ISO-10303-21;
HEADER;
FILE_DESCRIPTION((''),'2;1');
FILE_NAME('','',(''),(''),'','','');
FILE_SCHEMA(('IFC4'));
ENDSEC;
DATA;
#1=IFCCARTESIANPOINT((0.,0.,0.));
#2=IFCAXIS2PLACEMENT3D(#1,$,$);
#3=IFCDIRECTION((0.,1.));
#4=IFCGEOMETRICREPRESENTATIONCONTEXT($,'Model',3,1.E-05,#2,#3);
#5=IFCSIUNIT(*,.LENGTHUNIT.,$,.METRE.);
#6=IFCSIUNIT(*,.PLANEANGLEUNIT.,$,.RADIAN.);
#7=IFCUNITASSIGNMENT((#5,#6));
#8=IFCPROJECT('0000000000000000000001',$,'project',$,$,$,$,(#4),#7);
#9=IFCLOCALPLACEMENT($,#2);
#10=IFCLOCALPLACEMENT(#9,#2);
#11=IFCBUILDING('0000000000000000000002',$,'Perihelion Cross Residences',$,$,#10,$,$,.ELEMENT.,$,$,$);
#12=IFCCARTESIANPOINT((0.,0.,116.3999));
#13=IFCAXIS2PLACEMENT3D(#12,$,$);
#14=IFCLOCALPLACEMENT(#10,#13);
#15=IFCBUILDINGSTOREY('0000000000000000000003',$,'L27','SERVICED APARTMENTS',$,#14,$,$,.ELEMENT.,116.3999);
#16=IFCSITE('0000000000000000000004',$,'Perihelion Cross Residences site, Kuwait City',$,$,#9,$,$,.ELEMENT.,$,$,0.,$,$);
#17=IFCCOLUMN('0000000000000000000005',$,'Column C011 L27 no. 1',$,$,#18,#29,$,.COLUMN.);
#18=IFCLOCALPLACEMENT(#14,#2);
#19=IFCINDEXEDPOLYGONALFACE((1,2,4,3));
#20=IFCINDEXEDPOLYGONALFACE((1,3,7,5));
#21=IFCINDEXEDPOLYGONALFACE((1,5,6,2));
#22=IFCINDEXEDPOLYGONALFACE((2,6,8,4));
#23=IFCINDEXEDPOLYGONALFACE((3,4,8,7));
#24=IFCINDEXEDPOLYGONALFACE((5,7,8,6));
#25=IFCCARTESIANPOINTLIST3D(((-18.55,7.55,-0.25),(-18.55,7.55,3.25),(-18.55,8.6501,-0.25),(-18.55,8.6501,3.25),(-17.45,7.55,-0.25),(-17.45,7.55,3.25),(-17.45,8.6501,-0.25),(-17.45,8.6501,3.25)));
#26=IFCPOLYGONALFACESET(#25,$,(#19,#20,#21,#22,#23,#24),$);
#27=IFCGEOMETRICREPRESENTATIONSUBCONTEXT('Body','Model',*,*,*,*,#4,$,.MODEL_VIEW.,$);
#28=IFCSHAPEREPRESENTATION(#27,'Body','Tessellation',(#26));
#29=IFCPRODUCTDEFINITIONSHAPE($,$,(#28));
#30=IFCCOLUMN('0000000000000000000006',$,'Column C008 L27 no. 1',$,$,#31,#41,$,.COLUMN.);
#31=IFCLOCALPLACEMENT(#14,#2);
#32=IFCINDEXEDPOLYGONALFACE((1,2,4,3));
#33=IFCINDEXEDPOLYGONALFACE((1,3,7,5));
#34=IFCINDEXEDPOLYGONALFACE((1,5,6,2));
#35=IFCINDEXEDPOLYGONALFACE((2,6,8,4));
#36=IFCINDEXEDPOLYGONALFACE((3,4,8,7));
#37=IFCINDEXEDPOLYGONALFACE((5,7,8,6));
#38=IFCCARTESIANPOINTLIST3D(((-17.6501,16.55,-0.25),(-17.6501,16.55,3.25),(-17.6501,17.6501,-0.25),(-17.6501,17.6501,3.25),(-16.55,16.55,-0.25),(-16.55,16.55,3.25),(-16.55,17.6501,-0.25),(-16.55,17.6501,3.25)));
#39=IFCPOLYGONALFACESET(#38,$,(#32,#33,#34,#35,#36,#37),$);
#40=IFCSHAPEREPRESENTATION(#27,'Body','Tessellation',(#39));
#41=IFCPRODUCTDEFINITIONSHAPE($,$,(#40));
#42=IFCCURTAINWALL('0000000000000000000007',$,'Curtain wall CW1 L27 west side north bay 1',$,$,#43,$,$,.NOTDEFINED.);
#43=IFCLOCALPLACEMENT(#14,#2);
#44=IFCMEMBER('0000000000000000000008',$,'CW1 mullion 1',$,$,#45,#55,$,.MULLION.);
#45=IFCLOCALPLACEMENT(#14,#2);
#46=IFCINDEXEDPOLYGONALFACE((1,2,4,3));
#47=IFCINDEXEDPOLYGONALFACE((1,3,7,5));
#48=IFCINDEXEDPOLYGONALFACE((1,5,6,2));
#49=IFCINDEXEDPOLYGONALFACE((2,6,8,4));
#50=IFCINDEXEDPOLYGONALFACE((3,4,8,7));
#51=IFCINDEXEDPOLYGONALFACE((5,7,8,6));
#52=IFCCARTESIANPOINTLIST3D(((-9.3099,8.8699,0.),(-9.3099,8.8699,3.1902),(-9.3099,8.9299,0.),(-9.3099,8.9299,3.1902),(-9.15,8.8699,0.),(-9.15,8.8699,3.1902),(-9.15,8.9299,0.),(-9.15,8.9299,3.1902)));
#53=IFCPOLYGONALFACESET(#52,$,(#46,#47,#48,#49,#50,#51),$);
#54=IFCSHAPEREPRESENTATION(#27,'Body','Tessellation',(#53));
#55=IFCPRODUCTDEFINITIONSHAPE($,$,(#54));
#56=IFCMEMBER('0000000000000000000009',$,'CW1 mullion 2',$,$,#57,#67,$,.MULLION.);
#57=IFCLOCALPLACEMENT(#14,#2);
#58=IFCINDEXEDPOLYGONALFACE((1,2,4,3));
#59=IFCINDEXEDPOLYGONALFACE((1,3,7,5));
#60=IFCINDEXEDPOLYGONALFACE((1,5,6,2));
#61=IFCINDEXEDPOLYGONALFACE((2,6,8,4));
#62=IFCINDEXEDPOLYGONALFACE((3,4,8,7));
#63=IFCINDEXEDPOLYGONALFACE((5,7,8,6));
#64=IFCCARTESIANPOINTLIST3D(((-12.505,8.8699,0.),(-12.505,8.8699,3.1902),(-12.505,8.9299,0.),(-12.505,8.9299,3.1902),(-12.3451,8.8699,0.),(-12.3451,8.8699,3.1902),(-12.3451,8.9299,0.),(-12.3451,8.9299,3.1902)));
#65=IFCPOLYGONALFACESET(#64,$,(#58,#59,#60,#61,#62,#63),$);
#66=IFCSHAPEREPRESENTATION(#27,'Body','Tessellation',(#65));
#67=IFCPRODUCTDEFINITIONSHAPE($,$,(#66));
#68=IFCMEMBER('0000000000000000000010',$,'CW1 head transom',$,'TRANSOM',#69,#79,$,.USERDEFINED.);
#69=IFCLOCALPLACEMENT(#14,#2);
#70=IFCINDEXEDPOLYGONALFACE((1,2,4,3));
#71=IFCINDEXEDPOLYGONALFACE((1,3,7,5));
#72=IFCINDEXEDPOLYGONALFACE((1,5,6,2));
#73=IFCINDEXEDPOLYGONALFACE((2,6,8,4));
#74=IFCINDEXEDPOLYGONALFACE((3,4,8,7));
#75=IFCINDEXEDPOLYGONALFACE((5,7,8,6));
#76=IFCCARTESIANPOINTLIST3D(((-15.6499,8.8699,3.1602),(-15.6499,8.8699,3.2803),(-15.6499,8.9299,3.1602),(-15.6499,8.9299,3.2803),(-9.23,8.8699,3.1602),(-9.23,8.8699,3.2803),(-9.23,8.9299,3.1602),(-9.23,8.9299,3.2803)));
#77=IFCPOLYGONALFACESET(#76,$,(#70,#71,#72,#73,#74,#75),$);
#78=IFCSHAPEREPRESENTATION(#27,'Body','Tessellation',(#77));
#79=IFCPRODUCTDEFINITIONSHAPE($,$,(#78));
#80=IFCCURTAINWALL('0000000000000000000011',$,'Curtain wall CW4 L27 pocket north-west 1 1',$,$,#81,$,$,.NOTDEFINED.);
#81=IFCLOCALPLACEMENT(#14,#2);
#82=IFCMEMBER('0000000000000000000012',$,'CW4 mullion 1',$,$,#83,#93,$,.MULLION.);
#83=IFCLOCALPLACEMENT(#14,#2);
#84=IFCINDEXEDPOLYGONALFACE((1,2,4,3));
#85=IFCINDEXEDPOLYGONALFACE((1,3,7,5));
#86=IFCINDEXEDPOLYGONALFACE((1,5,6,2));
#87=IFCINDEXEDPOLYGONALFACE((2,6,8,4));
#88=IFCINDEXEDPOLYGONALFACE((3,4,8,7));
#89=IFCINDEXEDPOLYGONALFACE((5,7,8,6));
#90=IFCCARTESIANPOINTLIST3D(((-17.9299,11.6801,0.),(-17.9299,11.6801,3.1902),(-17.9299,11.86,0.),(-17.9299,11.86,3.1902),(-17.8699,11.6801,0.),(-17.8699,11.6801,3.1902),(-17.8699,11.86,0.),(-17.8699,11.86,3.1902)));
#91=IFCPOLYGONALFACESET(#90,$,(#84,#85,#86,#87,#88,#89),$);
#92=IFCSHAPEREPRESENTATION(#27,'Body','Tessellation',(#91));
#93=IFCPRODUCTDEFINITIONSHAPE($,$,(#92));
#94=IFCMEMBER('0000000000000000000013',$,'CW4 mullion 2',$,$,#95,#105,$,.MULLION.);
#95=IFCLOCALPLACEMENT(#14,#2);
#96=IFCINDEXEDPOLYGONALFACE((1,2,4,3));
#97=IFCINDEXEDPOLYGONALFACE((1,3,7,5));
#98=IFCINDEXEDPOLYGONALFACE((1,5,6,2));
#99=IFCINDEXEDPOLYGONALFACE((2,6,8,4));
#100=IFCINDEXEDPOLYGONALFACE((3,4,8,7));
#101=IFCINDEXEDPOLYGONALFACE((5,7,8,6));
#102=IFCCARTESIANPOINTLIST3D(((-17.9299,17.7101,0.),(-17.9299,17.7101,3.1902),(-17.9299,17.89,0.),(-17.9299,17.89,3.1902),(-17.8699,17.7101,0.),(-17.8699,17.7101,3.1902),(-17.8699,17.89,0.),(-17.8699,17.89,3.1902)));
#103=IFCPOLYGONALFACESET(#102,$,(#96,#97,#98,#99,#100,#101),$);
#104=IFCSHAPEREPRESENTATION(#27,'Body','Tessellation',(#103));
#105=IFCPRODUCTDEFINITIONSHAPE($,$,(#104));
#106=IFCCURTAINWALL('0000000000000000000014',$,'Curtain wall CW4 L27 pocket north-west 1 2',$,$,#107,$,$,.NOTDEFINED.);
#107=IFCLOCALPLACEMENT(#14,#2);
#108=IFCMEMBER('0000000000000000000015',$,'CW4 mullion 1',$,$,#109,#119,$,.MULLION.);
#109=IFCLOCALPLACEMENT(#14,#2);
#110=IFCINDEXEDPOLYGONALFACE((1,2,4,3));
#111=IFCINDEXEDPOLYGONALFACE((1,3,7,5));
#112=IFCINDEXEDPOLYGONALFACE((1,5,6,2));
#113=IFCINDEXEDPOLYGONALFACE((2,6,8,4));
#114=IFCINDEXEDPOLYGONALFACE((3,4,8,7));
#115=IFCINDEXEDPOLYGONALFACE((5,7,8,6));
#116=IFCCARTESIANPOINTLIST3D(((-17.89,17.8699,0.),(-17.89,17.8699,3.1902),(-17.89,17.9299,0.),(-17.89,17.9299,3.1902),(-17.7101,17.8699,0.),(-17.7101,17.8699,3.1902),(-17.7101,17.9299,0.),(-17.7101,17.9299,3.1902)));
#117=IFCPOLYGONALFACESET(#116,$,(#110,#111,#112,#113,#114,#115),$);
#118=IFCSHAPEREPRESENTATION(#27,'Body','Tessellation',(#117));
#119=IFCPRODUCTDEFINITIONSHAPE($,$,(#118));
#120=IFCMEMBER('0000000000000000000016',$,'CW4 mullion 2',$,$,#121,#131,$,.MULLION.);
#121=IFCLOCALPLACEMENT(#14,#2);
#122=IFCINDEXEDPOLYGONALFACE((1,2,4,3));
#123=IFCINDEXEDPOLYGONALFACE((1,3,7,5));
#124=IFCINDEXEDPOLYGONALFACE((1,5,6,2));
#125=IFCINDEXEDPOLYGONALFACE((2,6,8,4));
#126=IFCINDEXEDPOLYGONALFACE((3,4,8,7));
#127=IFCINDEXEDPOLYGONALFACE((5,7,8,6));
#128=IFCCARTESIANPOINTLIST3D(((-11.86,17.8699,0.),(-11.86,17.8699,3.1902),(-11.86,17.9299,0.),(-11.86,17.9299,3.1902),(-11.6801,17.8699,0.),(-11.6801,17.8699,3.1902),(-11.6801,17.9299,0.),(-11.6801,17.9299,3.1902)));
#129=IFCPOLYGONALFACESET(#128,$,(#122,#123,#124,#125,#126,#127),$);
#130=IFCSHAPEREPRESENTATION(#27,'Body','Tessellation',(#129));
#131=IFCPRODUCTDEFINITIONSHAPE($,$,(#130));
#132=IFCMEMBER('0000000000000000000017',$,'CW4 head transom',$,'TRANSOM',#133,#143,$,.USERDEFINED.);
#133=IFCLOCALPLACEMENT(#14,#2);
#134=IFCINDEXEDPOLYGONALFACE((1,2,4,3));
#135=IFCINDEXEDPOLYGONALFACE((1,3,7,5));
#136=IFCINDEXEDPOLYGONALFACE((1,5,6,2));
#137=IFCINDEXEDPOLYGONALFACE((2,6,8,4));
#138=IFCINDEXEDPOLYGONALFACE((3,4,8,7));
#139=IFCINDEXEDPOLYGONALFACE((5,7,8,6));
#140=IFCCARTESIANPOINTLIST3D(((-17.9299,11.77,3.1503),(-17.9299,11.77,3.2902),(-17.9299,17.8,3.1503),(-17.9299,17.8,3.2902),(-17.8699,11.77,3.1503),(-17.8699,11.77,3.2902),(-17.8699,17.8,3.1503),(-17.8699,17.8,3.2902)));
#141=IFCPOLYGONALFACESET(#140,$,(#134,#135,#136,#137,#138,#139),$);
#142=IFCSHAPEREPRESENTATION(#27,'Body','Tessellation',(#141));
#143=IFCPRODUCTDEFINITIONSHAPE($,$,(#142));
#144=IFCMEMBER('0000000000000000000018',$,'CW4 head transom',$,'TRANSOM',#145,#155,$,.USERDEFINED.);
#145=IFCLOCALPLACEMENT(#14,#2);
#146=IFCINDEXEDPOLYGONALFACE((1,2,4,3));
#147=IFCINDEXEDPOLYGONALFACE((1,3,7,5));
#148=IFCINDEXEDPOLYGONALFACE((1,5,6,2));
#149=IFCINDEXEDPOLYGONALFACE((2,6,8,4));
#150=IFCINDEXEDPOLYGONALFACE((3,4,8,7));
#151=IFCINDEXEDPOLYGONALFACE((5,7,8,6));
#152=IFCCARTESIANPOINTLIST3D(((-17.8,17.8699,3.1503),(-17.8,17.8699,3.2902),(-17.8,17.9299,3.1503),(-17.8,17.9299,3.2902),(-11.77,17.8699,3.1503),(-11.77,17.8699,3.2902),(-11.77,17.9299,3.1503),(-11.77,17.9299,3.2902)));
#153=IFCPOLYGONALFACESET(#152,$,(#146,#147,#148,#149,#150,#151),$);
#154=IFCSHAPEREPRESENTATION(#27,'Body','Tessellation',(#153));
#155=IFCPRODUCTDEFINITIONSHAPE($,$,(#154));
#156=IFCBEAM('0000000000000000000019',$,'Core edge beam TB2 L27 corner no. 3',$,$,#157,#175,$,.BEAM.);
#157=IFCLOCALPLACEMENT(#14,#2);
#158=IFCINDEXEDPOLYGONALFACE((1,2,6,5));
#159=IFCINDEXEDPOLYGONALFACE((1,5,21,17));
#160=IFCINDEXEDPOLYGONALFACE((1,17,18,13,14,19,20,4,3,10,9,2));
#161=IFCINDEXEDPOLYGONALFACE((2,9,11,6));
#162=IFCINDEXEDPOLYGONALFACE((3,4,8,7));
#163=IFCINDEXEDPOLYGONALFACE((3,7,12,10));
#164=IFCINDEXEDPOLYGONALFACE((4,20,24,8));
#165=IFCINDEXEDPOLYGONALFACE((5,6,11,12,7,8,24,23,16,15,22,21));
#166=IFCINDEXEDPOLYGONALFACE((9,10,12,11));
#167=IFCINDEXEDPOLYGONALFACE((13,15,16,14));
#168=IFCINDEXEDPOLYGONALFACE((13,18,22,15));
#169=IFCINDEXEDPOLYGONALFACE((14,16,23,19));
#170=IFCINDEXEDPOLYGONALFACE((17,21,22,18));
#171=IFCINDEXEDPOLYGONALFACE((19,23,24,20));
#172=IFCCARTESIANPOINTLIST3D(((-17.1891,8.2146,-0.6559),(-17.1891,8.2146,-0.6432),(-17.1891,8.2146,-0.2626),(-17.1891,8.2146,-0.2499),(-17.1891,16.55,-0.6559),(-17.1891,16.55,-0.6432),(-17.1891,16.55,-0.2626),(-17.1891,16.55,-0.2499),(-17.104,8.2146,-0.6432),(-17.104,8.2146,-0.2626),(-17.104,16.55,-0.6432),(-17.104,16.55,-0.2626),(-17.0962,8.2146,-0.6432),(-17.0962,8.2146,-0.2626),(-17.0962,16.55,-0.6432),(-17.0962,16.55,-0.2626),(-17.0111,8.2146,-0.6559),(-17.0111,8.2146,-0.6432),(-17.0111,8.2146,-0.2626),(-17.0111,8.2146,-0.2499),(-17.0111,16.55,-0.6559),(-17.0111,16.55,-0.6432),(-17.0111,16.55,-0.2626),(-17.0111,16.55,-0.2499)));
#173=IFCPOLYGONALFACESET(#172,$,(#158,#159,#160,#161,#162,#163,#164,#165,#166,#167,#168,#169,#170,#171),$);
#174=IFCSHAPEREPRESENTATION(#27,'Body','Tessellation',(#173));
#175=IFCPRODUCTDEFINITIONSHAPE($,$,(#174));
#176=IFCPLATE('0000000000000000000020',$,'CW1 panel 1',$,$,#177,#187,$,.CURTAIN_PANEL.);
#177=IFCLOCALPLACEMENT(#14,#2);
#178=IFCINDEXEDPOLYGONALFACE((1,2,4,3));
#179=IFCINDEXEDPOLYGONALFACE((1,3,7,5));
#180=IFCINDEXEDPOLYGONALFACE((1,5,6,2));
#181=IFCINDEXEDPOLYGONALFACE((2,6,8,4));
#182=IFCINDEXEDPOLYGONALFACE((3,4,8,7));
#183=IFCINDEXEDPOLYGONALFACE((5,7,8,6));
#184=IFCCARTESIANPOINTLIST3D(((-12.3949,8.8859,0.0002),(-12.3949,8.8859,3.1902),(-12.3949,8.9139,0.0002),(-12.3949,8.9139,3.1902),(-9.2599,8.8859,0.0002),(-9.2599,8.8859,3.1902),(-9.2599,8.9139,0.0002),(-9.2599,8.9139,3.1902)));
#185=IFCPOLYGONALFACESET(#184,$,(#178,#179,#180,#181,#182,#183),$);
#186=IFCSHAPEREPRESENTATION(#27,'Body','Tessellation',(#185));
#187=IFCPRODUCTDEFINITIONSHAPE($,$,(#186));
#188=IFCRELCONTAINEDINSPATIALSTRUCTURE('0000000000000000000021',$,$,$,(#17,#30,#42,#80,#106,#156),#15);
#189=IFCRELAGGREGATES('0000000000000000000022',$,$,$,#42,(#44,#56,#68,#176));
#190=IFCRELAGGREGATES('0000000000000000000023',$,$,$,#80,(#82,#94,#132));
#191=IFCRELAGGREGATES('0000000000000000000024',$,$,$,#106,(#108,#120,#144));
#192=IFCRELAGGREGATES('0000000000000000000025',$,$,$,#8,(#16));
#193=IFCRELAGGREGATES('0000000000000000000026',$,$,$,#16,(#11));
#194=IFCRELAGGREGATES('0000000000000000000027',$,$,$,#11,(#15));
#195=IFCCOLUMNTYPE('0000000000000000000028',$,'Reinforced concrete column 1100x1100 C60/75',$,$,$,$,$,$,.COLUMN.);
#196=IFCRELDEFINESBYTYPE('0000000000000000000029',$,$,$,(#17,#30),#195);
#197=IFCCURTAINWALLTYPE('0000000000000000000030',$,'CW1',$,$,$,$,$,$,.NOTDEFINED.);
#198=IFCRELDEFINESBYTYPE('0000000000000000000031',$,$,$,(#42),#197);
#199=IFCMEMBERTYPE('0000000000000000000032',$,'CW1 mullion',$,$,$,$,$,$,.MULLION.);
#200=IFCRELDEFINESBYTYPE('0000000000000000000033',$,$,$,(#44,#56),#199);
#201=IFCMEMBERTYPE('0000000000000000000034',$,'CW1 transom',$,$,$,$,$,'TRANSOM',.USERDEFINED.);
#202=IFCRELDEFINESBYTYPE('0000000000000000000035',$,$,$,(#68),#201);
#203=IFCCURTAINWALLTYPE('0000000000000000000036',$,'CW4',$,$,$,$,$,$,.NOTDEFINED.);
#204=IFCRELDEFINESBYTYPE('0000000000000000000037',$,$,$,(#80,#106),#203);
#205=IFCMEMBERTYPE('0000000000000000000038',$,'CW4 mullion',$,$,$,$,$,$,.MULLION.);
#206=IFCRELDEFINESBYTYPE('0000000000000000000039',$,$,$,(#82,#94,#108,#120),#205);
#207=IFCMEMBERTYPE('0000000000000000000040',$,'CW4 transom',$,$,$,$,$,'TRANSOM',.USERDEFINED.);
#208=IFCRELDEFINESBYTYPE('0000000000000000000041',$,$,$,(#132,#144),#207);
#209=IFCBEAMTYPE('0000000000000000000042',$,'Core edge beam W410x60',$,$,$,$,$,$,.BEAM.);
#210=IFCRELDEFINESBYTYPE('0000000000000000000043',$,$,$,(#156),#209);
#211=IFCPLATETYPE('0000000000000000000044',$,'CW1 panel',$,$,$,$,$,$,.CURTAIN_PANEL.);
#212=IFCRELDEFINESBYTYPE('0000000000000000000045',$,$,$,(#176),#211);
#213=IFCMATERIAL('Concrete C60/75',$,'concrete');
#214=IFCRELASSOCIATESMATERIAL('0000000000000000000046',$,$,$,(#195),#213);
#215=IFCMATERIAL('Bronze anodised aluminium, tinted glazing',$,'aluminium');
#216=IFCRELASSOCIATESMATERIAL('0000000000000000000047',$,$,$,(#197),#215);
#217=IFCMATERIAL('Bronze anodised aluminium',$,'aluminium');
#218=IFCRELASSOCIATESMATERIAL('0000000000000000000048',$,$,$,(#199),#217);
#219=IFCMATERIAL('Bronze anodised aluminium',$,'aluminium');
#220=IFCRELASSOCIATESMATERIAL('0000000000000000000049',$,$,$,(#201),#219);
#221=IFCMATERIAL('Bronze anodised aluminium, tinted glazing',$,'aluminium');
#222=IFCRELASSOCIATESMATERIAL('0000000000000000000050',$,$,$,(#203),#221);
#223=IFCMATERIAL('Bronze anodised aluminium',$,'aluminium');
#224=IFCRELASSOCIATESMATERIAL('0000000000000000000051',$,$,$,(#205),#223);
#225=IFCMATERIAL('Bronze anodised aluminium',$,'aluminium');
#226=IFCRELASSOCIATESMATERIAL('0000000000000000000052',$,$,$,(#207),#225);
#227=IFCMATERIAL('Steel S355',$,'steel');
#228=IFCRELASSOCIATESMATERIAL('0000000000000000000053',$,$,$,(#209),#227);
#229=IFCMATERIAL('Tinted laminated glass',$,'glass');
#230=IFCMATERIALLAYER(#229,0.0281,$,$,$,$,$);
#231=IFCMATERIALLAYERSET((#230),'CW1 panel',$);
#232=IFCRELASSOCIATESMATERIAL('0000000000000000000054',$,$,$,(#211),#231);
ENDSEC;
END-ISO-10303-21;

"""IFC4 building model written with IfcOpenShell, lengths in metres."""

from ifc_helpers import new_model, si_unit, direction, frame, origin, origin_2d, place, context, subcontext, project, spatial, rectangle, i_section, extrude, material, layer, layer_set, material_profile, profile_set, type_object, element, aggregate, save


model = new_model("IFC4")

# Units and contexts
model_context = context("Model", 3, precision=1e-05, world=origin(), true_north=direction((0.0, 1.0)))
body_context = subcontext(model_context, "Body", "Model", "MODEL_VIEW")
ifc_project = project(units=[si_unit("LENGTHUNIT", "METRE"), si_unit("PLANEANGLEUNIT", "RADIAN")], contexts=[model_context])

# Site, building, storey
site_placement = place(None, origin())
site = spatial("IfcSite", under=ifc_project, at=site_placement, Name="Perihelion Cross Residences site, Kuwait City", CompositionType="ELEMENT", RefElevation=0.0)
building_placement = place(site_placement, origin())
building = spatial("IfcBuilding", under=site, at=building_placement, Name="Perihelion Cross Residences", CompositionType="ELEMENT")
storey_placement = place(building_placement, frame((0.0, 0.0, 116.3999)))
storey = spatial("IfcBuildingStorey", under=building, at=storey_placement, Name="L27", Description="SERVICED APARTMENTS", CompositionType="ELEMENT", Elevation=116.3999)

# Columns
ifc_material_1 = material(Name="Concrete C60/75", Category="concrete")
ifc_material_profile_1 = material_profile(ifc_material_1, rectangle(XDim=1.1001, YDim=1.1001, at=origin_2d()), Name="RC 1100x1100")
ifc_profile_set_1 = profile_set([ifc_material_profile_1], Name="Concrete C60/75")
column_type = type_object("IfcColumnType", Name="Reinforced concrete column 1100x1100 C60/75", PredefinedType="COLUMN", material=ifc_profile_set_1)
for number, where, z_axis, x_axis, name in (
    (1, (-18.0, 8.1001, -0.25), (0.0, 0.0, 1.0), (1.0, 0.0, 0.0), "Column C011 L27 no. 1"),
    (2, (-17.1001, 17.1001, -0.25), (0.0, 0.0, 1.0), (1.0, 0.0, 0.0), "Column C008 L27 no. 1"),
):
    element("IfcColumn", number, at=place(storey_placement, frame(where, z_axis=z_axis, x_axis=x_axis)), inside=storey, type_object=column_type, Name=name, PredefinedType="COLUMN", context=body_context, shape_type="SweptSolid", body=[
        extrude(rectangle(XDim=1.1001, YDim=1.1001, at=origin_2d()), origin(), (0.0, 0.0, 1.0), 3.5),
    ])

# Curtain walls, members
ifc_material_2 = material(Name="Bronze anodised aluminium, tinted glazing", Category="aluminium")
curtain_wall_type_1 = type_object("IfcCurtainWallType", Name="CW1", PredefinedType="NOTDEFINED", material=ifc_material_2)
curtain_wall_1_placement = place(storey_placement, origin())
curtain_wall_1 = element("IfcCurtainWall", 3, at=curtain_wall_1_placement, inside=storey, type_object=curtain_wall_type_1, Name="Curtain wall CW1 L27 west side north bay 1", PredefinedType="NOTDEFINED")
ifc_material_3 = material(Name="Bronze anodised aluminium", Category="aluminium")
ifc_material_profile_2 = material_profile(ifc_material_3, rectangle(XDim=0.0601, YDim=0.1599, at=origin_2d()), Name="CW1 mullion")
ifc_profile_set_2 = profile_set([ifc_material_profile_2], Name="Bronze anodised aluminium")
member_type_1 = type_object("IfcMemberType", Name="CW1 mullion", PredefinedType="MULLION", material=ifc_profile_set_2)
member_1_placement = place(storey_placement, frame((-9.23, 8.8999, 0.0), z_axis=(0.0, 0.0, 1.0), x_axis=(0.0, -1.0, 0.0)))
member_1 = element("IfcMember", 4, at=member_1_placement, type_object=member_type_1, Name="CW1 mullion 1", PredefinedType="MULLION", context=body_context, shape_type="SweptSolid", body=[
    extrude(rectangle(XDim=0.0601, YDim=0.1599, at=origin_2d()), origin(), (0.0, 0.0, 1.0), 3.1902),
])
member_2_placement = place(storey_placement, frame((-12.425, 8.8999, 0.0), z_axis=(0.0, 0.0, 1.0), x_axis=(0.0, -1.0, 0.0)))
member_2 = element("IfcMember", 5, at=member_2_placement, type_object=member_type_1, Name="CW1 mullion 2", PredefinedType="MULLION", context=body_context, shape_type="SweptSolid", body=[
    extrude(rectangle(XDim=0.0601, YDim=0.1599, at=origin_2d()), origin(), (0.0, 0.0, 1.0), 3.1902),
])
ifc_material_4 = material(Name="Bronze anodised aluminium", Category="aluminium")
ifc_material_profile_3 = material_profile(ifc_material_4, rectangle(XDim=0.0601, YDim=0.1201, at=origin_2d()), Name="CW1 transom")
ifc_profile_set_3 = profile_set([ifc_material_profile_3], Name="Bronze anodised aluminium")
member_type_2 = type_object("IfcMemberType", Name="CW1 transom", ElementType="TRANSOM", PredefinedType="USERDEFINED", material=ifc_profile_set_3)
member_3_placement = place(storey_placement, frame((-9.23, 8.8999, 3.2202), z_axis=(-1.0, 0.0, 0.0), x_axis=(0.0, -1.0, 0.0)))
member_3 = element("IfcMember", 6, at=member_3_placement, type_object=member_type_2, Name="CW1 head transom", ObjectType="TRANSOM", PredefinedType="USERDEFINED", context=body_context, shape_type="SweptSolid", body=[
    extrude(rectangle(XDim=0.0601, YDim=0.1201, at=origin_2d()), origin(), (0.0, 0.0, 1.0), 6.4199),
])
ifc_material_5 = material(Name="Bronze anodised aluminium, tinted glazing", Category="aluminium")
curtain_wall_type_2 = type_object("IfcCurtainWallType", Name="CW4", PredefinedType="NOTDEFINED", material=ifc_material_5)
curtain_wall_2_placement = place(storey_placement, origin())
curtain_wall_2 = element("IfcCurtainWall", 7, at=curtain_wall_2_placement, inside=storey, type_object=curtain_wall_type_2, Name="Curtain wall CW4 L27 pocket north-west 1 1", PredefinedType="NOTDEFINED")
ifc_material_6 = material(Name="Bronze anodised aluminium", Category="aluminium")
ifc_material_profile_4 = material_profile(ifc_material_6, rectangle(XDim=0.0601, YDim=0.1799, at=origin_2d()), Name="CW4 mullion")
ifc_profile_set_4 = profile_set([ifc_material_profile_4], Name="Bronze anodised aluminium")
member_type_3 = type_object("IfcMemberType", Name="CW4 mullion", PredefinedType="MULLION", material=ifc_profile_set_4)
member_4_placement = place(storey_placement, frame((-17.8999, 11.77, 0.0), z_axis=(0.0, 0.0, 1.0), x_axis=(-1.0, 0.0, 0.0)))
member_4 = element("IfcMember", 8, at=member_4_placement, type_object=member_type_3, Name="CW4 mullion 1", PredefinedType="MULLION", context=body_context, shape_type="SweptSolid", body=[
    extrude(rectangle(XDim=0.0601, YDim=0.1799, at=origin_2d()), origin(), (0.0, 0.0, 1.0), 3.1902),
])
member_5_placement = place(storey_placement, frame((-17.8999, 17.8, 0.0), z_axis=(0.0, 0.0, 1.0), x_axis=(-1.0, 0.0, 0.0)))
member_5 = element("IfcMember", 9, at=member_5_placement, type_object=member_type_3, Name="CW4 mullion 2", PredefinedType="MULLION", context=body_context, shape_type="SweptSolid", body=[
    extrude(rectangle(XDim=0.0601, YDim=0.1799, at=origin_2d()), origin(), (0.0, 0.0, 1.0), 3.1902),
])
curtain_wall_3_placement = place(storey_placement, origin())
curtain_wall_3 = element("IfcCurtainWall", 10, at=curtain_wall_3_placement, inside=storey, type_object=curtain_wall_type_2, Name="Curtain wall CW4 L27 pocket north-west 1 2", PredefinedType="NOTDEFINED")
member_6_placement = place(storey_placement, frame((-17.8, 17.8999, 0.0), z_axis=(0.0, 0.0, 1.0), x_axis=(0.0, 1.0, 0.0)))
member_6 = element("IfcMember", 11, at=member_6_placement, type_object=member_type_3, Name="CW4 mullion 1", PredefinedType="MULLION", context=body_context, shape_type="SweptSolid", body=[
    extrude(rectangle(XDim=0.0601, YDim=0.1799, at=origin_2d()), origin(), (0.0, 0.0, 1.0), 3.1902),
])
member_7_placement = place(storey_placement, frame((-11.77, 17.8999, 0.0), z_axis=(0.0, 0.0, 1.0), x_axis=(0.0, 1.0, 0.0)))
member_7 = element("IfcMember", 12, at=member_7_placement, type_object=member_type_3, Name="CW4 mullion 2", PredefinedType="MULLION", context=body_context, shape_type="SweptSolid", body=[
    extrude(rectangle(XDim=0.0601, YDim=0.1799, at=origin_2d()), origin(), (0.0, 0.0, 1.0), 3.1902),
])

# Members
ifc_material_7 = material(Name="Bronze anodised aluminium", Category="aluminium")
ifc_material_profile_5 = material_profile(ifc_material_7, rectangle(XDim=0.0601, YDim=0.1399, at=origin_2d()), Name="CW4 transom")
ifc_profile_set_5 = profile_set([ifc_material_profile_5], Name="Bronze anodised aluminium")
member_type_4 = type_object("IfcMemberType", Name="CW4 transom", ElementType="TRANSOM", PredefinedType="USERDEFINED", material=ifc_profile_set_5)
member_8_placement = place(storey_placement, frame((-17.8999, 11.77, 3.2202), z_axis=(0.0, 1.0, 0.0), x_axis=(-1.0, 0.0, 0.0)))
member_8 = element("IfcMember", 13, at=member_8_placement, type_object=member_type_4, Name="CW4 head transom", ObjectType="TRANSOM", PredefinedType="USERDEFINED", context=body_context, shape_type="SweptSolid", body=[
    extrude(rectangle(XDim=0.0601, YDim=0.1399, at=origin_2d()), origin(), (0.0, 0.0, 1.0), 6.03),
])
member_9_placement = place(storey_placement, frame((-17.8, 17.8999, 3.2202), z_axis=(1.0, 0.0, 0.0), x_axis=(0.0, 1.0, 0.0)))
member_9 = element("IfcMember", 14, at=member_9_placement, type_object=member_type_4, Name="CW4 head transom", ObjectType="TRANSOM", PredefinedType="USERDEFINED", context=body_context, shape_type="SweptSolid", body=[
    extrude(rectangle(XDim=0.0601, YDim=0.1399, at=origin_2d()), origin(), (0.0, 0.0, 1.0), 6.03),
])

# Beam
ifc_material_8 = material(Name="Steel S355", Category="steel")
ifc_material_profile_6 = material_profile(ifc_material_8, i_section(OverallWidth=0.178, OverallDepth=0.406, WebThickness=0.0078, FlangeThickness=0.0127, at=origin_2d()), Name="W410x60")
ifc_profile_set_6 = profile_set([ifc_material_profile_6], Name="Steel S355")
beam_type = type_object("IfcBeamType", Name="Core edge beam W410x60", PredefinedType="BEAM", material=ifc_profile_set_6)
beam_placement = place(storey_placement, frame((-17.1001, 8.2146, -0.4529), z_axis=(0.0, 1.0, 0.0), x_axis=(-1.0, 0.0, 0.0)))
element("IfcBeam", 15, at=beam_placement, inside=storey, type_object=beam_type, Name="Core edge beam TB2 L27 corner no. 3", PredefinedType="BEAM", context=body_context, shape_type="SweptSolid", body=[
    extrude(i_section(OverallWidth=0.178, OverallDepth=0.406, WebThickness=0.0078, FlangeThickness=0.0127, at=origin_2d()), origin(), (0.0, 0.0, 1.0), 8.3354),
])

# Plate
ifc_material_9 = material(Name="Tinted laminated glass", Category="glass")
ifc_layer_1 = layer(ifc_material_9, 0.0281)
ifc_layer_set_1 = layer_set([ifc_layer_1], Name="CW1 panel")
plate_type_1 = type_object("IfcPlateType", Name="CW1 panel", PredefinedType="CURTAIN_PANEL", material=ifc_layer_set_1)
plate_1_placement = place(storey_placement, frame((-10.8274, 8.8999, 0.0002), z_axis=(0.0, 0.0, 1.0), x_axis=(-1.0, 0.0, 0.0)))
plate_1 = element("IfcPlate", 16, at=plate_1_placement, type_object=plate_type_1, Name="CW1 panel 1", PredefinedType="CURTAIN_PANEL", context=body_context, shape_type="SweptSolid", body=[
    extrude(rectangle(XDim=3.135, YDim=0.0281, at=origin_2d()), origin(), (0.0, 0.0, 1.0), 3.1899),
])
aggregate(curtain_wall_1, [member_1, member_2, member_3, plate_1])
aggregate(curtain_wall_2, [member_4, member_5, member_8])
aggregate(curtain_wall_3, [member_6, member_7, member_9])

save(model, "model.ifc")
